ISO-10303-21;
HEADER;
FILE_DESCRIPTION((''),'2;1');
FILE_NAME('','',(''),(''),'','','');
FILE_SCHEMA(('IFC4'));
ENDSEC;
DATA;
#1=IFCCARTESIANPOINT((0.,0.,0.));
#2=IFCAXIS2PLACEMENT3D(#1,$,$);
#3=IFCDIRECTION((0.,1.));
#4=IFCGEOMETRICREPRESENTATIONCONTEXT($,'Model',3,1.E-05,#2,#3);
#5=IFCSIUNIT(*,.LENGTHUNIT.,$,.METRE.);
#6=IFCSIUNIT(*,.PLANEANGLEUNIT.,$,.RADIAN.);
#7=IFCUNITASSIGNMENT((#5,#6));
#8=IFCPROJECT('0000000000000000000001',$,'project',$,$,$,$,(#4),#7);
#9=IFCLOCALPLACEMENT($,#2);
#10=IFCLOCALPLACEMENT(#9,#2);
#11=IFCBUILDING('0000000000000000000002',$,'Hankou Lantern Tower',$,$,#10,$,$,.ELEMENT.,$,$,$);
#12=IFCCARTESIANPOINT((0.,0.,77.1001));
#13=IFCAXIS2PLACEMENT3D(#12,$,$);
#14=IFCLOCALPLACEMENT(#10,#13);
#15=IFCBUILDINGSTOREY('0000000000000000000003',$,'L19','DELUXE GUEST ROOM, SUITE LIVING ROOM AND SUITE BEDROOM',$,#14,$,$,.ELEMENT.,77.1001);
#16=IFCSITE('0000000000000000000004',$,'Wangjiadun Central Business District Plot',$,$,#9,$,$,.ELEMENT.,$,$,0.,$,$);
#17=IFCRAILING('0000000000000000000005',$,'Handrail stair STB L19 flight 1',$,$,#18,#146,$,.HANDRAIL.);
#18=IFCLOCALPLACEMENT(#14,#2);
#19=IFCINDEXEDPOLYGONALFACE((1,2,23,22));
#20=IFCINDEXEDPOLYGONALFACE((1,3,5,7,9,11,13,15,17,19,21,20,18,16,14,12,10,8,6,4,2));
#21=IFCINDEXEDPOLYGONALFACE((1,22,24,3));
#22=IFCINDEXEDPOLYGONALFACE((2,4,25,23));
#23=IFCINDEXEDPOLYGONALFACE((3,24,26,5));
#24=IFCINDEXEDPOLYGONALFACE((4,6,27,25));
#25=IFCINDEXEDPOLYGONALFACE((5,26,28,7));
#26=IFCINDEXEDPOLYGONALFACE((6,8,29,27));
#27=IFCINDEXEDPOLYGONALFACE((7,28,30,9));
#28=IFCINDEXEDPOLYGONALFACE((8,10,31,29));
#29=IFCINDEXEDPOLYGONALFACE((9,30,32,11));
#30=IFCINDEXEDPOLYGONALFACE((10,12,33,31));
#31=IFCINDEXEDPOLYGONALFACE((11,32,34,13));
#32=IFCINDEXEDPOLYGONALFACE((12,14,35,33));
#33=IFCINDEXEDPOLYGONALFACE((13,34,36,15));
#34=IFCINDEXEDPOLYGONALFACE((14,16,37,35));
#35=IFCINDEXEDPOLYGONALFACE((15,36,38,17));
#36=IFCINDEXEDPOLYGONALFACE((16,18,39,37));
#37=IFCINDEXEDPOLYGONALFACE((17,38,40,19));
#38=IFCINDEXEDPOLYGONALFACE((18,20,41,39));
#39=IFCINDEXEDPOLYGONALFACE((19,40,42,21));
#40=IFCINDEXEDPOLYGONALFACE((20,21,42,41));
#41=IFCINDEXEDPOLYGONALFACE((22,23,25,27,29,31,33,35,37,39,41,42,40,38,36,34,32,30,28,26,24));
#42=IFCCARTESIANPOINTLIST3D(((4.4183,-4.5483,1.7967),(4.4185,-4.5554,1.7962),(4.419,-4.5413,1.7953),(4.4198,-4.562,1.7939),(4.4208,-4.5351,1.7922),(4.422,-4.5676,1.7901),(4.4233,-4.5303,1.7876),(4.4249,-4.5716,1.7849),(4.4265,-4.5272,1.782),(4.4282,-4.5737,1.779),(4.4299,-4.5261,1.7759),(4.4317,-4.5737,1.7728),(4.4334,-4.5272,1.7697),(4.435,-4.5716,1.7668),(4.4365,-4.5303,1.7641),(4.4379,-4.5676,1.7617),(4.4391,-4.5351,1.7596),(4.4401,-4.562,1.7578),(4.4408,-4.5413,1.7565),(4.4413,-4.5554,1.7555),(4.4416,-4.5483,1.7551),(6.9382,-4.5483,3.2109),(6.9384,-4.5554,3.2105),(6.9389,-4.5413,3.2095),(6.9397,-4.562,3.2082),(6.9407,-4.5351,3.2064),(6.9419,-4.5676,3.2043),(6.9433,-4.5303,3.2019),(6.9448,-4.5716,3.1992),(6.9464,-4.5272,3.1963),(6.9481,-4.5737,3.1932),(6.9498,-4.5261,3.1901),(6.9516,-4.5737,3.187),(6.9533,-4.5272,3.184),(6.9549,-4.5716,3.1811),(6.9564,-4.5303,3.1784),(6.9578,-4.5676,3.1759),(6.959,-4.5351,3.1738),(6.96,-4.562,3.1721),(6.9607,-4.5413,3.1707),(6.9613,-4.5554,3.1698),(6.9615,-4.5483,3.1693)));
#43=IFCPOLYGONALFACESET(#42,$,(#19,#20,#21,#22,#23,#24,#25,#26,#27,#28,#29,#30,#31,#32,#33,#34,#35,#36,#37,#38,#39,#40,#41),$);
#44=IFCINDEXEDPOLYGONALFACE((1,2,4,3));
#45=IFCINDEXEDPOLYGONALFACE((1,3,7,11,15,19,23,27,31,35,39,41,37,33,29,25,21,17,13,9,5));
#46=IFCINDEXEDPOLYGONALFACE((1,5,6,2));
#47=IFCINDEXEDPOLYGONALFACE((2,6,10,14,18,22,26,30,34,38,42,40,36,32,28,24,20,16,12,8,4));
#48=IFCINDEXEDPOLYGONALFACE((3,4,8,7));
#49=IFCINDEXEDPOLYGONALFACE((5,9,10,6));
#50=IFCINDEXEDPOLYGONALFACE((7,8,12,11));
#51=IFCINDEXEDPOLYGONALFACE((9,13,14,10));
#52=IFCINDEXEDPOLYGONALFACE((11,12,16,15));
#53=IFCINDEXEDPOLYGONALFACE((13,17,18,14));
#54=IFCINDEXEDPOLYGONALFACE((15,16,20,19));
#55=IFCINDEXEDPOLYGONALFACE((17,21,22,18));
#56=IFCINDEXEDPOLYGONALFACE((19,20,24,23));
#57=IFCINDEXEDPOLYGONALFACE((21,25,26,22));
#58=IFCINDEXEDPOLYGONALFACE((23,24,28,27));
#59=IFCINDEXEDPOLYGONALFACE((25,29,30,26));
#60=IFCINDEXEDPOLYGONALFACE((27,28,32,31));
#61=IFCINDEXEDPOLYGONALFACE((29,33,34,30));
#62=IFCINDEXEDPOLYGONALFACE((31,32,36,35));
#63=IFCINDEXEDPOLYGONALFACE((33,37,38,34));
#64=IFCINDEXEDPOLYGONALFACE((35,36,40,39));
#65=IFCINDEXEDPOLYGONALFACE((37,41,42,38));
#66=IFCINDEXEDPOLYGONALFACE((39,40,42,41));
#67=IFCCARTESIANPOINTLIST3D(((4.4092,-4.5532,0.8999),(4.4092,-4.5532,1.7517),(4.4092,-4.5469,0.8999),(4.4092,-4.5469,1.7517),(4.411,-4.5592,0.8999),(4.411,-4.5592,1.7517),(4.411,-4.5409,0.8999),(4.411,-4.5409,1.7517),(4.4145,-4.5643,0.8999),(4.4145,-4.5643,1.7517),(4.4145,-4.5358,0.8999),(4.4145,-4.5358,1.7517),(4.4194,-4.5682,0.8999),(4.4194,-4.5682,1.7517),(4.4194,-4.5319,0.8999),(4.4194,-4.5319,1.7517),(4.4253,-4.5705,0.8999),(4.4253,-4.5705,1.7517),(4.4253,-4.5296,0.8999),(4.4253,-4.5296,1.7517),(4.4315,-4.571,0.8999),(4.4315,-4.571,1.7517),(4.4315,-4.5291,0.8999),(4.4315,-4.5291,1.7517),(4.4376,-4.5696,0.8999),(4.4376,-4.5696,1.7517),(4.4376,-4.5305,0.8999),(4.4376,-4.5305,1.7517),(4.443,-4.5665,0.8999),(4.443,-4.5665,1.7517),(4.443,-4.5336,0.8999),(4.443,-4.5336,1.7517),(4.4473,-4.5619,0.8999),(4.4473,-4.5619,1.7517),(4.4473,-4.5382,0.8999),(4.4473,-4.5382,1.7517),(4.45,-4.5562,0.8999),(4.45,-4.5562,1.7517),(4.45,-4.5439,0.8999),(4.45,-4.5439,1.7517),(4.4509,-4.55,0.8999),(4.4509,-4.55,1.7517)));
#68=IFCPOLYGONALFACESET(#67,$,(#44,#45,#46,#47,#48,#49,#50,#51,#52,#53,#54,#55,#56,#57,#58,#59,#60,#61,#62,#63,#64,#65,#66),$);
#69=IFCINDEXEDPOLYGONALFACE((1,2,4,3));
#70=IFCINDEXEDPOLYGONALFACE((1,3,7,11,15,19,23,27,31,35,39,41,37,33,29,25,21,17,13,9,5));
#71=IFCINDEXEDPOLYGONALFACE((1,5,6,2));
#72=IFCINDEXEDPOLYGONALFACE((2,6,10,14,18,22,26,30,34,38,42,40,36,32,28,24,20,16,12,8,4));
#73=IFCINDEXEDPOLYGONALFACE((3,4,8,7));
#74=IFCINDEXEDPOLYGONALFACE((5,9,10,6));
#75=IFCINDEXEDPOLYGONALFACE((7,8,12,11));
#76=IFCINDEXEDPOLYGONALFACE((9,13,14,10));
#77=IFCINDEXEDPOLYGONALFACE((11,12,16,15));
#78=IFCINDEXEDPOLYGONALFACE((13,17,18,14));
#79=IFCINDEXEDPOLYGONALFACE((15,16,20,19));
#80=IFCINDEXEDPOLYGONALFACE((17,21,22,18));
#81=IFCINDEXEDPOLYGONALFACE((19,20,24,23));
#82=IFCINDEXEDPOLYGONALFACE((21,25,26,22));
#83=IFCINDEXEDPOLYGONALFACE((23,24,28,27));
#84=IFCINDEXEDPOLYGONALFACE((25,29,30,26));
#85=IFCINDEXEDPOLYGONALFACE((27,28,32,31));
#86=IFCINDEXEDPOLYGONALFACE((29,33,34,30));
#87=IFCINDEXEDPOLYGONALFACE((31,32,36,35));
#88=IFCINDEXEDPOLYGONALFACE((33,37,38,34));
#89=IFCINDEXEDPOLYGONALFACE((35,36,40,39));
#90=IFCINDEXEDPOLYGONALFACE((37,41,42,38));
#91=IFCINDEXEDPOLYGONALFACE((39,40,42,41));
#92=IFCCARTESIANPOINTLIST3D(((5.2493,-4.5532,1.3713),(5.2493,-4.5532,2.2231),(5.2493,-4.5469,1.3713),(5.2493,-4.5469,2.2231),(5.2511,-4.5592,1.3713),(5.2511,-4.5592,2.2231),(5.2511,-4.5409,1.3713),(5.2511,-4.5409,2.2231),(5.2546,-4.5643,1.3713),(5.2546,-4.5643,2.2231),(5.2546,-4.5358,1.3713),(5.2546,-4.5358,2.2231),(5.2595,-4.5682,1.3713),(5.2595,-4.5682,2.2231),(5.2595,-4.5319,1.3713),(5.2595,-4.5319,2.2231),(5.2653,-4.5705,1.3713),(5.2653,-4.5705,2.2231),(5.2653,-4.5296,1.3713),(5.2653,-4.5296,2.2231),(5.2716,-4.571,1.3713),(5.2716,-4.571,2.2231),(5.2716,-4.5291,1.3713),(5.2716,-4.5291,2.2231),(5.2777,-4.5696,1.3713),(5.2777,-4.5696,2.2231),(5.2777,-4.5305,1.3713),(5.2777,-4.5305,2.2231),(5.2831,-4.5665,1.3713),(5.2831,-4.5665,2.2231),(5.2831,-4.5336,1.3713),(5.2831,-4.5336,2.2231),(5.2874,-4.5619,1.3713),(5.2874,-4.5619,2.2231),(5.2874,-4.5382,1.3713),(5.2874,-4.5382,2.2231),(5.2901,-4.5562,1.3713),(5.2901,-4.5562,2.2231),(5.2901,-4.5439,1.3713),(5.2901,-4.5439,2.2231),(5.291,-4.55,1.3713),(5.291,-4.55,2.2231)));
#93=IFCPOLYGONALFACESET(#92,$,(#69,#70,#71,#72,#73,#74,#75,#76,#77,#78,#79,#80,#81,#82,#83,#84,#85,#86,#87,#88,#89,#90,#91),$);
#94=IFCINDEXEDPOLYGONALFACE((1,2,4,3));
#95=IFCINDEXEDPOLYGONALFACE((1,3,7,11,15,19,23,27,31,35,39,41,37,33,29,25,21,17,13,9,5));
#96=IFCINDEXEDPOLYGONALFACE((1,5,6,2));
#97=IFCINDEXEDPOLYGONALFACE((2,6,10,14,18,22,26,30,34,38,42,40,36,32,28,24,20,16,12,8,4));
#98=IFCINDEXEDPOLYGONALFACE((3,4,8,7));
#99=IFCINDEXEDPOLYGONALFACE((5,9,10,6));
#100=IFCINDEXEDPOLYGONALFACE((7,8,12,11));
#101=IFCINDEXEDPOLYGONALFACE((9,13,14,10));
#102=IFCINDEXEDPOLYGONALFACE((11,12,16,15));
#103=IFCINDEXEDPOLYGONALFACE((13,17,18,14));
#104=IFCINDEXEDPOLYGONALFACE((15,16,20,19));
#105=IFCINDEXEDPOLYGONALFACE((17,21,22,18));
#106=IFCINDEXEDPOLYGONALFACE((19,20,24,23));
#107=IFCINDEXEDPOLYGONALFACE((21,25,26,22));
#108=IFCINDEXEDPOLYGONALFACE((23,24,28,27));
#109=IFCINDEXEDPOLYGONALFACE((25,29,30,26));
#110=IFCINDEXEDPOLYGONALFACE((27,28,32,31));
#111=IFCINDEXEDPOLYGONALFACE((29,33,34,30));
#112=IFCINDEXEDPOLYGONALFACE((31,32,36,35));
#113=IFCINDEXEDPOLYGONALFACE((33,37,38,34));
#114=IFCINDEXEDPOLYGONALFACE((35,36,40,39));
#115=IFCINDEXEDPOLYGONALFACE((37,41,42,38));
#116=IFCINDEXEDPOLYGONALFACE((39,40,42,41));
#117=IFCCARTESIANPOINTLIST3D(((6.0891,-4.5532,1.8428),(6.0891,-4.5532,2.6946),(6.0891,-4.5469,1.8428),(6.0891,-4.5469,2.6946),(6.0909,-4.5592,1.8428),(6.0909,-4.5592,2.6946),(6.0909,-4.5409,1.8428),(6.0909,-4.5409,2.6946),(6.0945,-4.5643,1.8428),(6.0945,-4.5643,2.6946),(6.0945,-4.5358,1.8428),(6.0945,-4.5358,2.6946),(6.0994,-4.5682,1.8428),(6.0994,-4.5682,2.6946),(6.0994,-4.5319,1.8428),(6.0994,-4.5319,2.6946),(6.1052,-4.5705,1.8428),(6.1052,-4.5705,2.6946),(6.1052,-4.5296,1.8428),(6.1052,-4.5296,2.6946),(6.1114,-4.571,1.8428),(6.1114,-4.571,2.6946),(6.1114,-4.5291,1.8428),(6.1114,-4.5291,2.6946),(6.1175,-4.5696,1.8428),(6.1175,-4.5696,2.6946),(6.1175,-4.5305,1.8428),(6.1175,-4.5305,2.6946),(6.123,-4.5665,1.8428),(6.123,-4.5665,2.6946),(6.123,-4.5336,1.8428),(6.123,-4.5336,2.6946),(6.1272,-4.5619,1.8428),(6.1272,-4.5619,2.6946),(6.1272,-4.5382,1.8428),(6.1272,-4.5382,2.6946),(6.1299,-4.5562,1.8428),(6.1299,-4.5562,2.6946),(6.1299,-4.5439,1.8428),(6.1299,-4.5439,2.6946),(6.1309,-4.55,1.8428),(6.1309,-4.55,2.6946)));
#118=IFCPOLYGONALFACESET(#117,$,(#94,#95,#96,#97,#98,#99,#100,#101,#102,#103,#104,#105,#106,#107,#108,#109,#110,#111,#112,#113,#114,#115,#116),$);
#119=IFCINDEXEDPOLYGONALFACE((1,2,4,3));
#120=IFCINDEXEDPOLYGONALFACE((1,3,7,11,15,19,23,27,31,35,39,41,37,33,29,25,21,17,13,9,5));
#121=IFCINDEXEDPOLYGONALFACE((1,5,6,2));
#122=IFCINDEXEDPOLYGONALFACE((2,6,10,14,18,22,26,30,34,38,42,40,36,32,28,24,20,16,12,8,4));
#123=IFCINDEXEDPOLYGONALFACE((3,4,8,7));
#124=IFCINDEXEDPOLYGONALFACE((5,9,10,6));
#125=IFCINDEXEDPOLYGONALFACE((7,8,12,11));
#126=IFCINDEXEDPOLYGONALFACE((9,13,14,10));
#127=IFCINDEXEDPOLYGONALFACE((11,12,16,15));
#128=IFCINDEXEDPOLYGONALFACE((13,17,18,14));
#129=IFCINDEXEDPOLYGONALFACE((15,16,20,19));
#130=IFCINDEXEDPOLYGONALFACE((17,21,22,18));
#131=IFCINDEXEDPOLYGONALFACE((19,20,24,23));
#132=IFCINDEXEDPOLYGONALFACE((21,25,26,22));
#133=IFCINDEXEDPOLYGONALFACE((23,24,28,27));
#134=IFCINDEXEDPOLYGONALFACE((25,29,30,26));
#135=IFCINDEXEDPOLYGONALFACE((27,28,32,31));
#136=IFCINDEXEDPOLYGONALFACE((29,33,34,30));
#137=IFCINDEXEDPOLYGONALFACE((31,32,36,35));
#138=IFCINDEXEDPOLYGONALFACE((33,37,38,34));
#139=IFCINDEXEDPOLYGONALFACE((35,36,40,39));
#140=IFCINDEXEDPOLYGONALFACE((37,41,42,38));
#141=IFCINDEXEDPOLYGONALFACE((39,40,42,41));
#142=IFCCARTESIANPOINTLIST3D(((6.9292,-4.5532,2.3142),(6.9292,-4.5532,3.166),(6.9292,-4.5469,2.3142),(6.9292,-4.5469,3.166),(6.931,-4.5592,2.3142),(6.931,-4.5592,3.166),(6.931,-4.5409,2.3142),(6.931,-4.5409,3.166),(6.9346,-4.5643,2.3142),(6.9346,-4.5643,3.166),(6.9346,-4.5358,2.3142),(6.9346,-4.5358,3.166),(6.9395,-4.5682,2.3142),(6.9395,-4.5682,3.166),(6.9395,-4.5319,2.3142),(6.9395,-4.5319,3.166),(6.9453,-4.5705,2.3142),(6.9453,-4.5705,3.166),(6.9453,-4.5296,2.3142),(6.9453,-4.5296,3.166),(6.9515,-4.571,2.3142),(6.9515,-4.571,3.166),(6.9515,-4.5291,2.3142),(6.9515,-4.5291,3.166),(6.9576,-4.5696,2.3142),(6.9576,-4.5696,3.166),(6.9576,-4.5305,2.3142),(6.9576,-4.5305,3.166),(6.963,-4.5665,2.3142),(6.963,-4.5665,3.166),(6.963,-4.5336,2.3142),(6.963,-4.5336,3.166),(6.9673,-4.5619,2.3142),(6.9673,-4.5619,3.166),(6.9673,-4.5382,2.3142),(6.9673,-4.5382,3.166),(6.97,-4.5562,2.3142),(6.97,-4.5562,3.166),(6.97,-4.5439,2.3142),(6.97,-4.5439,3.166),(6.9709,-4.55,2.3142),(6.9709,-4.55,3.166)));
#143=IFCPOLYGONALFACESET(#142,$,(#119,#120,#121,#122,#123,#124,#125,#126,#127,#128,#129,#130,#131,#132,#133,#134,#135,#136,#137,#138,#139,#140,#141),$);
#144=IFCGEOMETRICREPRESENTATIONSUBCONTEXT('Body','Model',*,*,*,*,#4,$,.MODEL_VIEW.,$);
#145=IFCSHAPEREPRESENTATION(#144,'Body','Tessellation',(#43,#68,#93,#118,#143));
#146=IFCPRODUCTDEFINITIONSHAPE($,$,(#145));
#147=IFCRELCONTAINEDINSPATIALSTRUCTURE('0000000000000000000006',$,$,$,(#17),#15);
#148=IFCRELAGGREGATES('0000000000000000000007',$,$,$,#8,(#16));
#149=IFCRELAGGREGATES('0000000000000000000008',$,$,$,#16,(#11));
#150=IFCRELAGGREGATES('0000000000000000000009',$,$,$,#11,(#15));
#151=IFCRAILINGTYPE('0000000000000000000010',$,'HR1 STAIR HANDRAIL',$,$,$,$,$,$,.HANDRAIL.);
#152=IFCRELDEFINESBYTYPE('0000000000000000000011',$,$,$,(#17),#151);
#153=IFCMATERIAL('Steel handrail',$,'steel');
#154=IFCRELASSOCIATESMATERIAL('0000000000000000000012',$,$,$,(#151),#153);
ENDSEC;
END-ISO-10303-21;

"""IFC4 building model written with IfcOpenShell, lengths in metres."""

from ifc_helpers import new_model, si_unit, direction, frame, origin, origin_2d, place, context, subcontext, project, spatial, circle, extrude, material, type_object, element, save


model = new_model("IFC4")

# Units and contexts
model_context = context("Model", 3, precision=1e-05, world=origin(), true_north=direction((0.0, 1.0)))
body_context = subcontext(model_context, "Body", "Model", "MODEL_VIEW")
ifc_project = project(units=[si_unit("LENGTHUNIT", "METRE"), si_unit("PLANEANGLEUNIT", "RADIAN")], contexts=[model_context])

# Site, building, storey
site_placement = place(None, origin())
site = spatial("IfcSite", under=ifc_project, at=site_placement, Name="Wangjiadun Central Business District Plot", CompositionType="ELEMENT", RefElevation=0.0)
building_placement = place(site_placement, origin())
building = spatial("IfcBuilding", under=site, at=building_placement, Name="Hankou Lantern Tower", CompositionType="ELEMENT")
storey_placement = place(building_placement, frame((0.0, 0.0, 77.1001)))
storey = spatial("IfcBuildingStorey", under=building, at=storey_placement, Name="L19", Description="DELUXE GUEST ROOM, SUITE LIVING ROOM AND SUITE BEDROOM", CompositionType="ELEMENT", Elevation=77.1001)

# Railing
ifc_material_1 = material(Name="Steel handrail", Category="steel")
railing_type = type_object("IfcRailingType", Name="HR1 STAIR HANDRAIL", PredefinedType="HANDRAIL", material=ifc_material_1)
railing_placement = place(storey_placement, frame((4.4299, -4.55, 0.8999)))
element("IfcRailing", 1, at=railing_placement, inside=storey, type_object=railing_type, Name="Handrail stair STB L19 flight 1", PredefinedType="HANDRAIL", context=body_context, shape_type="SweptSolid", body=[
    extrude(circle(Radius=0.0239, at=origin_2d()), frame((0.0, 0.0, 0.876), z_axis=(0.872049, 0.0, 0.489419), x_axis=(0.0, 1.0, 0.0)), (0.0, 0.0, 1.0), 2.8896),
    extrude(circle(Radius=0.021, at=origin_2d()), origin(), (0.0, 0.0, 1.0), 0.8518),
    extrude(circle(Radius=0.021, at=origin_2d()), frame((0.8401, 0.0, 0.4714)), (0.0, 0.0, 1.0), 0.8518),
    extrude(circle(Radius=0.021, at=origin_2d()), frame((1.6799, 0.0, 0.9429)), (0.0, 0.0, 1.0), 0.8518),
    extrude(circle(Radius=0.021, at=origin_2d()), frame((2.52, 0.0, 1.4143)), (0.0, 0.0, 1.0), 0.8518),
])

save(model, "model.ifc")
